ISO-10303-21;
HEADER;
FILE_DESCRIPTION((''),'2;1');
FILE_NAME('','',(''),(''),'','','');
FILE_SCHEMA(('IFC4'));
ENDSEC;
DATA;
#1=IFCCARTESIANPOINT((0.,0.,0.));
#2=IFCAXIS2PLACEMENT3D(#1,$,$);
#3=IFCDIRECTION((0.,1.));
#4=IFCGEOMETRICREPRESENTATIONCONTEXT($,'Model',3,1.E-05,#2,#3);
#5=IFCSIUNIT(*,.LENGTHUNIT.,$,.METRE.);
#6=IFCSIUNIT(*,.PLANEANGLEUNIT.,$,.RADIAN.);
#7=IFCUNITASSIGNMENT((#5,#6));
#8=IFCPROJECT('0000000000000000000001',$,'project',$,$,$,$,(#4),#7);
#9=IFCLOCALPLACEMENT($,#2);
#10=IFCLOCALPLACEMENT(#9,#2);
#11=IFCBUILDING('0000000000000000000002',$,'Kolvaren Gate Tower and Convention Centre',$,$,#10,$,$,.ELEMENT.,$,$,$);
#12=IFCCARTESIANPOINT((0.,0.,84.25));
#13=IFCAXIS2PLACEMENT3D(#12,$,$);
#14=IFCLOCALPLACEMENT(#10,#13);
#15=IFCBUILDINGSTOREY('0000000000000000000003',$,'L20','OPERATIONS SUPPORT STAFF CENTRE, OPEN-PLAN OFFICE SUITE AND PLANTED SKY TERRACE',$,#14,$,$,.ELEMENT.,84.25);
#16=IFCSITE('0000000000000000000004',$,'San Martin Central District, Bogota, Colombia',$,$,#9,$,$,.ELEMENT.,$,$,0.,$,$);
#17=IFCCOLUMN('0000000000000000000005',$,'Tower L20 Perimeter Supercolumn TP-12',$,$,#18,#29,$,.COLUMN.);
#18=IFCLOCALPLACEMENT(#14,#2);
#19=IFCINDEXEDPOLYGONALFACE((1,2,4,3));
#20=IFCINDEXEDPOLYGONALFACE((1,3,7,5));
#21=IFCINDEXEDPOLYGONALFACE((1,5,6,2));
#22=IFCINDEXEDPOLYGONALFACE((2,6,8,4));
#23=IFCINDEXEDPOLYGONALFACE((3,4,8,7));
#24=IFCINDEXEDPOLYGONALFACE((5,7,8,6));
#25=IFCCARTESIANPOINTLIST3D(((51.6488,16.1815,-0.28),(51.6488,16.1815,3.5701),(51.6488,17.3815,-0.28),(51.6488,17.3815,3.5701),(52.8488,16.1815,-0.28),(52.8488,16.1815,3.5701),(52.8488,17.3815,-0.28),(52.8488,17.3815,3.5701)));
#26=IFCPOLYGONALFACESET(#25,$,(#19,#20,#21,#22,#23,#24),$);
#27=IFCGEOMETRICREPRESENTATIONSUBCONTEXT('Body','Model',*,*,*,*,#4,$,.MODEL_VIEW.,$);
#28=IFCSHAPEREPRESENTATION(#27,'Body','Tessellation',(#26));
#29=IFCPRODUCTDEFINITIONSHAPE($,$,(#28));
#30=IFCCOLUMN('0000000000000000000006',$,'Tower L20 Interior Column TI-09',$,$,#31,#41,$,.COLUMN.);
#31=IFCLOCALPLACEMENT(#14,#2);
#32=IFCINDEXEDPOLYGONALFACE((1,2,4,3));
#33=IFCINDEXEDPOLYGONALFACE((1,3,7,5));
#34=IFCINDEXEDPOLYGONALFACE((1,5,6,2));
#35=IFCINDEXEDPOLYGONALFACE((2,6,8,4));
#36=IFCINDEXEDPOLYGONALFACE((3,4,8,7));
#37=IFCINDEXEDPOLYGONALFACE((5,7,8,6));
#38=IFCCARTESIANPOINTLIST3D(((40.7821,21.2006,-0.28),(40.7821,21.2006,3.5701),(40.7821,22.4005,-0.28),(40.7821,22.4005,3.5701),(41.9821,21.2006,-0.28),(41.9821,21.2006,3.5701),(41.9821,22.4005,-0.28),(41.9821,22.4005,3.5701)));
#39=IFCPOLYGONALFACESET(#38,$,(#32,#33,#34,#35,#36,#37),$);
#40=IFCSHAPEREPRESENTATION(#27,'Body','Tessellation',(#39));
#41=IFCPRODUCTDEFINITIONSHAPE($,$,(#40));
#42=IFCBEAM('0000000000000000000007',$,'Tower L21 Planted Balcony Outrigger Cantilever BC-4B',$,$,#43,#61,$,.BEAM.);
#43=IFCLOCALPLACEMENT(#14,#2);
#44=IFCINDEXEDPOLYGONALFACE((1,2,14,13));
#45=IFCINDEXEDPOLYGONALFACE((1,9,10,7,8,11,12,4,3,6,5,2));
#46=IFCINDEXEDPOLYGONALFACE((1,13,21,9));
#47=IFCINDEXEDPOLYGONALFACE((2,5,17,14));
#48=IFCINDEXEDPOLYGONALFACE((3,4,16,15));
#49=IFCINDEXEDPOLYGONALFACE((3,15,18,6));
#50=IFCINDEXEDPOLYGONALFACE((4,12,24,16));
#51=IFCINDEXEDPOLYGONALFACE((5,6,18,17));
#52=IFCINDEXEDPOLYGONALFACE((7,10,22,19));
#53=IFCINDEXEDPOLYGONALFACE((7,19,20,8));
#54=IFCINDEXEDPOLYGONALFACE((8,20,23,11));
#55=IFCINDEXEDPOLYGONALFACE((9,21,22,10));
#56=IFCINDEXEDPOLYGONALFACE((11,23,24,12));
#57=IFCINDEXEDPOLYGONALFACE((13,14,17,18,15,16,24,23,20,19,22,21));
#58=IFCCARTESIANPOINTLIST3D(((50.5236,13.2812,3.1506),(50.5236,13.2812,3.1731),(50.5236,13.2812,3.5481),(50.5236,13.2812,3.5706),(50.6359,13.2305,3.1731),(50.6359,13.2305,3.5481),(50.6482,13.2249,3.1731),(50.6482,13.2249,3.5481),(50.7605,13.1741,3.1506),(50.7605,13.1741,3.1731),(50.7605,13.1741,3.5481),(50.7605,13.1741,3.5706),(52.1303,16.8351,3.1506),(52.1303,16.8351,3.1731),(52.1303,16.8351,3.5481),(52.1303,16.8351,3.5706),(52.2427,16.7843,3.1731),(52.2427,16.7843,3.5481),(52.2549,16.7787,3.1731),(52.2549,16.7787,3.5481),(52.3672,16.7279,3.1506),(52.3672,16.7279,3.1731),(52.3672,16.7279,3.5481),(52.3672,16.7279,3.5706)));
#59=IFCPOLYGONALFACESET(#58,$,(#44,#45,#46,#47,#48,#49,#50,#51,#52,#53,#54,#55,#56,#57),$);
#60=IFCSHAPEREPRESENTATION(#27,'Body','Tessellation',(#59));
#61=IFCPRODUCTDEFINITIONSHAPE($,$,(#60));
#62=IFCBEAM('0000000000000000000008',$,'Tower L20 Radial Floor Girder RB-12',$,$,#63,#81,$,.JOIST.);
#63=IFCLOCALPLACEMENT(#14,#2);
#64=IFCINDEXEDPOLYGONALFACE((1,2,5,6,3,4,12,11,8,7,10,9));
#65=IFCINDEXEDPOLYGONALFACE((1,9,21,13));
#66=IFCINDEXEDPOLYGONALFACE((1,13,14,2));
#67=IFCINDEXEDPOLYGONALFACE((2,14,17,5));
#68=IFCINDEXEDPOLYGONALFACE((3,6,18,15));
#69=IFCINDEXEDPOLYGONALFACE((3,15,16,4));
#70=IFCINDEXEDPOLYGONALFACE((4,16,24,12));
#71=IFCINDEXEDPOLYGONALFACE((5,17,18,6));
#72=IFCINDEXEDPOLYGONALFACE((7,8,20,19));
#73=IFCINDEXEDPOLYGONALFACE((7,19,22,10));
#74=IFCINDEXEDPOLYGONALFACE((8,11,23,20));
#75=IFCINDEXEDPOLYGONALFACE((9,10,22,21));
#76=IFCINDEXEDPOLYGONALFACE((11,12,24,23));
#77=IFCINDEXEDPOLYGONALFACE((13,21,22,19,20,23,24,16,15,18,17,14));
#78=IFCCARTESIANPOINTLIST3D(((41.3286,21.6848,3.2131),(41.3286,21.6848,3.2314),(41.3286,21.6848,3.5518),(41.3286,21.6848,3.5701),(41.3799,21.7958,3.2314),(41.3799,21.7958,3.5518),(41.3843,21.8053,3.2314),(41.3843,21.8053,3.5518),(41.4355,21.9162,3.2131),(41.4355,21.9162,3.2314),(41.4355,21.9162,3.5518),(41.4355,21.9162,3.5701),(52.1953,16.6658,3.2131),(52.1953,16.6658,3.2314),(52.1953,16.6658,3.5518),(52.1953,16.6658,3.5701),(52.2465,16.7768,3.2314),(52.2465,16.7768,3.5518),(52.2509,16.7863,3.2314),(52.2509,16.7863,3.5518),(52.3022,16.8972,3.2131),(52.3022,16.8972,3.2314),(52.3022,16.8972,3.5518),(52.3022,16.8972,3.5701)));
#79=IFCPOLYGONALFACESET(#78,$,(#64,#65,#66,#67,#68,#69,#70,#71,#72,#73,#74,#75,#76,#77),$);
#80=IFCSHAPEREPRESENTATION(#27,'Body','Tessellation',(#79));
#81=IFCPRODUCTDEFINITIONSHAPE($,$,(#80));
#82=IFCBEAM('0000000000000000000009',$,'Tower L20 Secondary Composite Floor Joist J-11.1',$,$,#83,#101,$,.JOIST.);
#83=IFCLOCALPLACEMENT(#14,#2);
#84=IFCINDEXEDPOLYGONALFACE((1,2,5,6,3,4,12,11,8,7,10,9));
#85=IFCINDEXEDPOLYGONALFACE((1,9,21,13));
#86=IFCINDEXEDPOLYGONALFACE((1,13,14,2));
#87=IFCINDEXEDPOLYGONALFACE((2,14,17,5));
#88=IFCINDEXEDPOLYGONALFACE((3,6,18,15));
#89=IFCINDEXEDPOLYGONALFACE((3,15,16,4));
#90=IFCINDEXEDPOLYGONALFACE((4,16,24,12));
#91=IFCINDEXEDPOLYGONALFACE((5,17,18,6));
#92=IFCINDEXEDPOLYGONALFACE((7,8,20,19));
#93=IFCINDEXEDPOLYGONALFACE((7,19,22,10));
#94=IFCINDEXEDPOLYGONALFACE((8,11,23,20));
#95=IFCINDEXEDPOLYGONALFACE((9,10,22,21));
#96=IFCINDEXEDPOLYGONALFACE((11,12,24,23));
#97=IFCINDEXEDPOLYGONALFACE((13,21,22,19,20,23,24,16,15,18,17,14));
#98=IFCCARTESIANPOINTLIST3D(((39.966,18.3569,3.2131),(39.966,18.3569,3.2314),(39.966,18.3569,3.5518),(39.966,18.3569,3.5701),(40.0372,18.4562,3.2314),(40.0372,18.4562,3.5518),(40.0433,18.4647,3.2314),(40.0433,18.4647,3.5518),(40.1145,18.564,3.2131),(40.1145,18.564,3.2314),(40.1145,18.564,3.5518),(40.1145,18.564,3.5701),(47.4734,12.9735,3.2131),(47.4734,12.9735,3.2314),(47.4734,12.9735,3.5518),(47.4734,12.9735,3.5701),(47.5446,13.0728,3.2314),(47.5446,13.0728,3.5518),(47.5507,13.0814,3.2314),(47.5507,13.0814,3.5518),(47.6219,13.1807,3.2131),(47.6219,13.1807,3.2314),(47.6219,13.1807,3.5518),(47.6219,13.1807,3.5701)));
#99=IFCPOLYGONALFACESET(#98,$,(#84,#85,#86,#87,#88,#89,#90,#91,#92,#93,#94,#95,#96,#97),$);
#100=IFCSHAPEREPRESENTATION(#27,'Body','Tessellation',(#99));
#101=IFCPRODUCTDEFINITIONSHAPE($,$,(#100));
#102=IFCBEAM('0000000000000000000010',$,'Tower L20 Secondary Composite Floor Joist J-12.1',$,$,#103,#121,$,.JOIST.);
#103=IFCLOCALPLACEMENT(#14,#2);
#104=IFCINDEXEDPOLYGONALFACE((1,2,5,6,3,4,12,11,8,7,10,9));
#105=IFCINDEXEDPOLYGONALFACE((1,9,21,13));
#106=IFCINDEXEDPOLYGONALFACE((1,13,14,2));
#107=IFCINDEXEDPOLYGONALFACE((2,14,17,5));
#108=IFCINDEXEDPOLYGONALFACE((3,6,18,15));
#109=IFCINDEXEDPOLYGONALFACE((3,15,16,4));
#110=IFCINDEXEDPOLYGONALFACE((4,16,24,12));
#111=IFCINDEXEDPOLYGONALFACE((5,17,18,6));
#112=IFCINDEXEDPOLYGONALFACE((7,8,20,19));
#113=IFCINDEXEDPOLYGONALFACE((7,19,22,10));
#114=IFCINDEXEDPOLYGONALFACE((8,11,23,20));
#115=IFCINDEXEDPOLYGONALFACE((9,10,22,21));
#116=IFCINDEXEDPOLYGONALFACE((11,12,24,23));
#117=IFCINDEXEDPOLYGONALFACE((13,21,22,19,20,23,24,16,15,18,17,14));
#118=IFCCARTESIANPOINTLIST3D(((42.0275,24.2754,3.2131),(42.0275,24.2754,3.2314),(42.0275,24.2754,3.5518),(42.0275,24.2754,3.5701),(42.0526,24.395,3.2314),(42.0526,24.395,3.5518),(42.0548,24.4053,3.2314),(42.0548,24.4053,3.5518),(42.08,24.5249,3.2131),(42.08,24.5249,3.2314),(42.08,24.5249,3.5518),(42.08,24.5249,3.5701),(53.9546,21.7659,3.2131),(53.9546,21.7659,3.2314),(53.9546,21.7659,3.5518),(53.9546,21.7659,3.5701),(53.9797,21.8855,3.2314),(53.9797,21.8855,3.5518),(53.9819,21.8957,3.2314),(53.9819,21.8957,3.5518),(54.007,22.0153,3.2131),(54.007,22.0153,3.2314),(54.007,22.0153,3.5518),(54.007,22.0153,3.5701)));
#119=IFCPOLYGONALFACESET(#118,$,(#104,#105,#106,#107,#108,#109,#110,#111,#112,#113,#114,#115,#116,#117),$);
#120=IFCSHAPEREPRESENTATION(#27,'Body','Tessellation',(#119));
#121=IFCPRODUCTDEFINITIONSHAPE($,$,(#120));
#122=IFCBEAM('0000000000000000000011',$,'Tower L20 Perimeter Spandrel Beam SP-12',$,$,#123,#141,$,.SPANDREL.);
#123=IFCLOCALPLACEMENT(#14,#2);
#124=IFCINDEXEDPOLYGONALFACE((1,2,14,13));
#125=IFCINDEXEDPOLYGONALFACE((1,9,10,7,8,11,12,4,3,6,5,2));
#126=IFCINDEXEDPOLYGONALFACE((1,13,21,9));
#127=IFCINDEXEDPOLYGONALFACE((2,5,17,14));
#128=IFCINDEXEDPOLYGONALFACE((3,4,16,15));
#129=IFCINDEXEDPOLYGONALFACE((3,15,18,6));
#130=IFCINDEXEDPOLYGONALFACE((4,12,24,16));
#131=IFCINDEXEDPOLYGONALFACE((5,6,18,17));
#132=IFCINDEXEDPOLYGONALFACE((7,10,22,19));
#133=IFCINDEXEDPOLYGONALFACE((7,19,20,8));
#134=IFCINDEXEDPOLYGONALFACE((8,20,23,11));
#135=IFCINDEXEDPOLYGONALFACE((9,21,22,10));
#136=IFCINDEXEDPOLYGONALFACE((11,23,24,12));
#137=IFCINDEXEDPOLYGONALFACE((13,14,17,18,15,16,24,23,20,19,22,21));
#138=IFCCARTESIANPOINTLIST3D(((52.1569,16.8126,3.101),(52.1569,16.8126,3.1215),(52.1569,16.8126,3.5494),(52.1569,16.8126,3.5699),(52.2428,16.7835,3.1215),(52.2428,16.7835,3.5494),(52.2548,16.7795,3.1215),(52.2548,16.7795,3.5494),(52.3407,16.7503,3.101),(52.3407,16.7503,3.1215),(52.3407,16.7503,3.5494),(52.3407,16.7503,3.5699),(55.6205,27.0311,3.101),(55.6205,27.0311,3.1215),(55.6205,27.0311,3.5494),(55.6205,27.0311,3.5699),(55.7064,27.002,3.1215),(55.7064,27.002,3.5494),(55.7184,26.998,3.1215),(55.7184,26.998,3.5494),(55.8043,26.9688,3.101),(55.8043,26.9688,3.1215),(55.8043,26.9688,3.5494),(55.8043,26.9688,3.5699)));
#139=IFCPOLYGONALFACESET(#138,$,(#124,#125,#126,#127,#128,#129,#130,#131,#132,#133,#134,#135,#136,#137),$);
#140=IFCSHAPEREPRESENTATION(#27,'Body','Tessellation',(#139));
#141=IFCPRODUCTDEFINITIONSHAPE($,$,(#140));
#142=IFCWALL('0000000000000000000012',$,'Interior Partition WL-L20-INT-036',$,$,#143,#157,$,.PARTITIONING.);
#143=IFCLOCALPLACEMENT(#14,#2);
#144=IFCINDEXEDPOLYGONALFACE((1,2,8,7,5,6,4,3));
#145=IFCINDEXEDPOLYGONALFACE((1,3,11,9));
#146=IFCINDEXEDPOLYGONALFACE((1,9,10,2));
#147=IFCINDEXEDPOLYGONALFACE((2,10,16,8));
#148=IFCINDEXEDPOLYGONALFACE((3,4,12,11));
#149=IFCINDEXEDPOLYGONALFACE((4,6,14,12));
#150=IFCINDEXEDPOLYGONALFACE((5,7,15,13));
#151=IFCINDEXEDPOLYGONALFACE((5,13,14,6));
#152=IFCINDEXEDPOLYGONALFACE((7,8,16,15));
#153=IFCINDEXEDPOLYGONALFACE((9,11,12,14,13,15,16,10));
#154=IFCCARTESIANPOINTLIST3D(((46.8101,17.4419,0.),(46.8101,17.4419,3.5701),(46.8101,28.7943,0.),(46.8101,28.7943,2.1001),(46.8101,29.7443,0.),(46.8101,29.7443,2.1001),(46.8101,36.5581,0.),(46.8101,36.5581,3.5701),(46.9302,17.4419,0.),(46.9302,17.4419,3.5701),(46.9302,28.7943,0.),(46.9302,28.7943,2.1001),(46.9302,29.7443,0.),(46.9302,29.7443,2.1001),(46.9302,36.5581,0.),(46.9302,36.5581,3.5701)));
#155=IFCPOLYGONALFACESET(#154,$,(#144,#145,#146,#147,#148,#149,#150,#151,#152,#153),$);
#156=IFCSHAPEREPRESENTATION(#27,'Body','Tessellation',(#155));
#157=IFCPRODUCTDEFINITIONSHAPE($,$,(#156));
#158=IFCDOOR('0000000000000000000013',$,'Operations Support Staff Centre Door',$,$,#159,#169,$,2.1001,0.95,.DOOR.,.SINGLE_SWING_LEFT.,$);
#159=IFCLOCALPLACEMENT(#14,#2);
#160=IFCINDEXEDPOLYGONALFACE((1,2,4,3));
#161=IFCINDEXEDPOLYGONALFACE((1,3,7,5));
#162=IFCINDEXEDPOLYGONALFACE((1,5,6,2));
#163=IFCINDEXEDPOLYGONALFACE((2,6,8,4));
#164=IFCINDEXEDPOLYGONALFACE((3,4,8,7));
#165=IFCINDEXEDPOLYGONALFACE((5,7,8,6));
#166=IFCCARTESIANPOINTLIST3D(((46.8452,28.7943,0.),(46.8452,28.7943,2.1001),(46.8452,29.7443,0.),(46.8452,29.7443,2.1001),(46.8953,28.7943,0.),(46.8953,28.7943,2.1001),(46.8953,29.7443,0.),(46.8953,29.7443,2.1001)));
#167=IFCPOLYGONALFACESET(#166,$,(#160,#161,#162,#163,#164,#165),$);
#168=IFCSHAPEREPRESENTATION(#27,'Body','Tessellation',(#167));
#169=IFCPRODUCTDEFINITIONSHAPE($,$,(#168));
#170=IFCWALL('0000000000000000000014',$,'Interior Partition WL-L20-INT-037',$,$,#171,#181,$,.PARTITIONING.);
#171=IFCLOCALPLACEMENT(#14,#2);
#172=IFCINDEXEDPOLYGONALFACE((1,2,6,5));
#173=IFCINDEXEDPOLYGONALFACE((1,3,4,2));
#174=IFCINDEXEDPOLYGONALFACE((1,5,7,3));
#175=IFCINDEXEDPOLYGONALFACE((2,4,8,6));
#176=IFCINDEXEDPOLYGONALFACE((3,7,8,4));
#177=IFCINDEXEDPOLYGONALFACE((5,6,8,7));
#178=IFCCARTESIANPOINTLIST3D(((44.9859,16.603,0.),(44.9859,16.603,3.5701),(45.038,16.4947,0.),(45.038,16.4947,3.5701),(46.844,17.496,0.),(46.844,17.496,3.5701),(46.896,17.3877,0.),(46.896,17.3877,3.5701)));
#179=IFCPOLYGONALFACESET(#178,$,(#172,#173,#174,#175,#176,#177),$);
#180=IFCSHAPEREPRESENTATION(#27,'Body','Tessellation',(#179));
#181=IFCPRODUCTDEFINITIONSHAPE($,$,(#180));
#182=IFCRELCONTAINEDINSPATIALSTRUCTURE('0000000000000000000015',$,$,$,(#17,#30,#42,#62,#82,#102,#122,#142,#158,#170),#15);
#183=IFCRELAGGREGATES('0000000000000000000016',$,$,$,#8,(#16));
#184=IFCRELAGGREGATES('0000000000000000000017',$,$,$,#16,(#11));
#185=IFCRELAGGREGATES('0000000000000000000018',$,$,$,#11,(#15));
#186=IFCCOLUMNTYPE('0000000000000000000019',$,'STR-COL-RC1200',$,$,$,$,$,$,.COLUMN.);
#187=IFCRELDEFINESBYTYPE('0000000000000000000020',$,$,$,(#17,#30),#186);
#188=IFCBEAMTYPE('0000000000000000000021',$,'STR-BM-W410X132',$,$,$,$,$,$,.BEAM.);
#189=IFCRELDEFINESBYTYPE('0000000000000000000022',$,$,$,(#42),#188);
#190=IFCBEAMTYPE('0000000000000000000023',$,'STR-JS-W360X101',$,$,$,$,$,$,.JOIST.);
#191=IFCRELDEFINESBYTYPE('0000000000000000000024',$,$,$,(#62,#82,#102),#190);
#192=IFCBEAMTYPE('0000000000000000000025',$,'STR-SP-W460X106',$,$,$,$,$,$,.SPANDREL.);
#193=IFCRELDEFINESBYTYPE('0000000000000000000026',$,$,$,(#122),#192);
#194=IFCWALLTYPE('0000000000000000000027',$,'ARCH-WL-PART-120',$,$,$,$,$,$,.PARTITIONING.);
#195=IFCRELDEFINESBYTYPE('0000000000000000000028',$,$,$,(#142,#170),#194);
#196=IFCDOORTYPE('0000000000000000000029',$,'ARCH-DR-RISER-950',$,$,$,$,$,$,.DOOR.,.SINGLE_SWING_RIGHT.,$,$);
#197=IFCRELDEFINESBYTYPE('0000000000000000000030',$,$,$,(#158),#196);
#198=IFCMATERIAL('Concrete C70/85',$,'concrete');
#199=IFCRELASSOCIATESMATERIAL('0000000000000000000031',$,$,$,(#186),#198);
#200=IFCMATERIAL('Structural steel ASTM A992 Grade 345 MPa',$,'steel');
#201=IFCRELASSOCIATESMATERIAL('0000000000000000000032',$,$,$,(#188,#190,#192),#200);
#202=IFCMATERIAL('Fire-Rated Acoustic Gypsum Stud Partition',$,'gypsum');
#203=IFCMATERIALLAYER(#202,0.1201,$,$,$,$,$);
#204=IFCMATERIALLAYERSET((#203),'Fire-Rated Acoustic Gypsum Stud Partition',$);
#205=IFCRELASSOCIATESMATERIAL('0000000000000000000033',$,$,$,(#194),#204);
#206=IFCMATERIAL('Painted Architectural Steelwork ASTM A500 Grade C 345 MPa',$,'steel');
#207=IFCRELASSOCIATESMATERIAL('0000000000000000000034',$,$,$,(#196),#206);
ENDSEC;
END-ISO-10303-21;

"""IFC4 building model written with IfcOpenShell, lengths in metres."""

from ifc_helpers import new_model, si_unit, direction, frame, frame_2d, origin, origin_2d, place, context, subcontext, project, spatial, rectangle, i_section, extrude, material, layer, layer_set, material_profile, profile_set, type_object, element, fill, save


model = new_model("IFC4")

# Units and contexts
model_context = context("Model", 3, precision=1e-05, world=origin(), true_north=direction((0.0, 1.0)))
body_context = subcontext(model_context, "Body", "Model", "MODEL_VIEW")
ifc_project = project(units=[si_unit("LENGTHUNIT", "METRE"), si_unit("PLANEANGLEUNIT", "RADIAN")], contexts=[model_context])

# Site, building, storey
site_placement = place(None, origin())
site = spatial("IfcSite", under=ifc_project, at=site_placement, Name="San Martin Central District, Bogota, Colombia", CompositionType="ELEMENT", RefElevation=0.0)
building_placement = place(site_placement, origin())
building = spatial("IfcBuilding", under=site, at=building_placement, Name="Kolvaren Gate Tower and Convention Centre", CompositionType="ELEMENT")
storey_placement = place(building_placement, frame((0.0, 0.0, 84.25)))
storey = spatial("IfcBuildingStorey", under=building, at=storey_placement, Name="L20", Description="OPERATIONS SUPPORT STAFF CENTRE, OPEN-PLAN OFFICE SUITE AND PLANTED SKY TERRACE", CompositionType="ELEMENT", Elevation=84.25)

# Columns
ifc_material_1 = material(Name="Concrete C70/85", Category="concrete")
ifc_material_profile_1 = material_profile(ifc_material_1, rectangle(XDim=1.2, YDim=1.2, at=origin_2d()), Name="RC-COL-1200X1200")
ifc_profile_set_1 = profile_set([ifc_material_profile_1], Name="Concrete C70/85")
column_type = type_object("IfcColumnType", Name="STR-COL-RC1200", PredefinedType="COLUMN", material=ifc_profile_set_1)
for number, where, z_axis, x_axis, name in (
    (1, (52.2488, 16.7815, -0.28), (0.0, 0.0, 1.0), (1.0, 0.0, 0.0), "Tower L20 Perimeter Supercolumn TP-12"),
    (2, (41.3821, 21.8005, -0.28), (0.0, 0.0, 1.0), (1.0, 0.0, 0.0), "Tower L20 Interior Column TI-09"),
):
    element("IfcColumn", number, at=place(storey_placement, frame(where, z_axis=z_axis, x_axis=x_axis)), inside=storey, type_object=column_type, Name=name, PredefinedType="COLUMN", context=body_context, shape_type="SweptSolid", body=[
        extrude(rectangle(XDim=1.2, YDim=1.2, at=origin_2d()), origin(), (0.0, 0.0, 1.0), 3.8501),
    ])

# Beams
ifc_material_2 = material(Name="Structural steel ASTM A992 Grade 345 MPa", Category="steel")
ifc_material_profile_2 = material_profile(ifc_material_2, i_section(OverallWidth=0.26, OverallDepth=0.4199, WebThickness=0.0134, FlangeThickness=0.0225, at=origin_2d()), Name="W410X132")
ifc_profile_set_2 = profile_set([ifc_material_profile_2], Name="Structural steel ASTM A992 Grade 345 MPa")
beam_type_1 = type_object("IfcBeamType", Name="STR-BM-W410X132", PredefinedType="BEAM", material=ifc_profile_set_2)
beam_1_placement = place(storey_placement, frame((52.2488, 16.7815, 3.3606), z_axis=(-0.411967, -0.911199, 0.0), x_axis=(0.911199, -0.411967, 0.0)))
element("IfcBeam", 3, at=beam_1_placement, inside=storey, type_object=beam_type_1, Name="Tower L21 Planted Balcony Outrigger Cantilever BC-4B", PredefinedType="BEAM", context=body_context, shape_type="SweptSolid", body=[
    extrude(i_section(OverallWidth=0.26, OverallDepth=0.4199, WebThickness=0.0134, FlangeThickness=0.0225, at=origin_2d()), origin(), (0.0, 0.0, 1.0), 3.9001),
])
ifc_material_profile_3 = material_profile(ifc_material_2, i_section(OverallWidth=0.2549, OverallDepth=0.3569, WebThickness=0.0105, FlangeThickness=0.0183, at=origin_2d()), Name="W360X101")
ifc_profile_set_3 = profile_set([ifc_material_profile_3], Name="Structural steel ASTM A992 Grade 345 MPa")
beam_type_2 = type_object("IfcBeamType", Name="STR-JS-W360X101", PredefinedType="JOIST", material=ifc_profile_set_3)
beam_2_placement = place(storey_placement, frame((41.3821, 21.8005, 3.3916), z_axis=(0.907844, -0.419309, 0.0), x_axis=(0.419309, 0.907844, 0.0)))
element("IfcBeam", 4, at=beam_2_placement, inside=storey, type_object=beam_type_2, Name="Tower L20 Radial Floor Girder RB-12", PredefinedType="JOIST", context=body_context, shape_type="SweptSolid", body=[
    extrude(i_section(OverallWidth=0.2549, OverallDepth=0.3569, WebThickness=0.0105, FlangeThickness=0.0183, at=origin_2d()), origin(), (0.0, 0.0, 1.0), 11.9697),
])
beam_3_placement = place(storey_placement, frame((40.0403, 18.4604, 3.3916), z_axis=(0.812661, -0.582737, 0.0), x_axis=(0.582737, 0.812661, 0.0)))
element("IfcBeam", 5, at=beam_3_placement, inside=storey, type_object=beam_type_2, Name="Tower L20 Secondary Composite Floor Joist J-11.1", PredefinedType="JOIST", context=body_context, shape_type="SweptSolid", body=[
    extrude(i_section(OverallWidth=0.2549, OverallDepth=0.3569, WebThickness=0.0105, FlangeThickness=0.0183, at=origin_2d()), origin(), (0.0, 0.0, 1.0), 9.238),
])
beam_4_placement = place(storey_placement, frame((42.0537, 24.4001, 3.3916), z_axis=(0.978573, -0.205898, 0.0), x_axis=(0.205898, 0.978573, 0.0)))
element("IfcBeam", 6, at=beam_4_placement, inside=storey, type_object=beam_type_2, Name="Tower L20 Secondary Composite Floor Joist J-12.1", PredefinedType="JOIST", context=body_context, shape_type="SweptSolid", body=[
    extrude(i_section(OverallWidth=0.2549, OverallDepth=0.3569, WebThickness=0.0105, FlangeThickness=0.0183, at=origin_2d()), origin(), (0.0, 0.0, 1.0), 12.1882),
])
ifc_material_profile_4 = material_profile(ifc_material_2, i_section(OverallWidth=0.1941, OverallDepth=0.469, WebThickness=0.0127, FlangeThickness=0.0205, at=origin_2d()), Name="W460X106")
ifc_profile_set_4 = profile_set([ifc_material_profile_4], Name="Structural steel ASTM A992 Grade 345 MPa")
beam_type_3 = type_object("IfcBeamType", Name="STR-SP-W460X106", PredefinedType="SPANDREL", material=ifc_profile_set_4)
beam_5_placement = place(storey_placement, frame((52.2488, 16.7815, 3.3354), z_axis=(0.321016, 0.947074, 0.0), x_axis=(-0.947074, 0.321016, 0.0)))
element("IfcBeam", 7, at=beam_5_placement, inside=storey, type_object=beam_type_3, Name="Tower L20 Perimeter Spandrel Beam SP-12", PredefinedType="SPANDREL", context=body_context, shape_type="SweptSolid", body=[
    extrude(i_section(OverallWidth=0.1941, OverallDepth=0.469, WebThickness=0.0127, FlangeThickness=0.0205, at=origin_2d()), origin(), (0.0, 0.0, 1.0), 10.7896),
])

# Wall, opening, door
ifc_material_3 = material(Name="Fire-Rated Acoustic Gypsum Stud Partition", Category="gypsum")
ifc_layer_1 = layer(ifc_material_3, 0.1201)
ifc_layer_set_1 = layer_set([ifc_layer_1], Name="Fire-Rated Acoustic Gypsum Stud Partition")
wall_type_1 = type_object("IfcWallType", Name="ARCH-WL-PART-120", PredefinedType="PARTITIONING", material=ifc_layer_set_1)
wall_1_placement = place(storey_placement, frame((46.8701, 17.4419, 0.0), z_axis=(0.0, 0.0, 1.0), x_axis=(0.0, 1.0, 0.0)))
wall_1 = element("IfcWall", 8, at=wall_1_placement, inside=storey, type_object=wall_type_1, Name="Interior Partition WL-L20-INT-036", PredefinedType="PARTITIONING", context=body_context, shape_type="SweptSolid", body=[
    extrude(rectangle(XDim=19.1162, YDim=0.1201, at=frame_2d((9.5581, 0.0))), origin(), (0.0, 0.0, 1.0), 3.5701),
])
opening_1_placement = place(wall_1_placement, frame((11.3523, 0.0, 0.0)))
opening_1 = element("IfcOpeningElement", 9, at=opening_1_placement, cuts=wall_1, PredefinedType="OPENING", context=body_context, shape_type="SweptSolid", body=[
    extrude(rectangle(XDim=0.95, YDim=2.1001, at=frame_2d((0.4751, 1.05))), frame((0.0, 0.0701, 0.0), z_axis=(0.0, -1.0, 0.0), x_axis=(1.0, 0.0, 0.0)), (0.0, 0.0, 1.0), 0.1401),
])
ifc_material_4 = material(Name="Painted Architectural Steelwork ASTM A500 Grade C 345 MPa", Category="steel")
door_type = type_object("IfcDoorType", Name="ARCH-DR-RISER-950", OperationType="SINGLE_SWING_RIGHT", PredefinedType="DOOR", material=ifc_material_4)
door_placement = place(opening_1_placement, origin())
door = element("IfcDoor", 10, at=door_placement, inside=storey, type_object=door_type, Name="Operations Support Staff Centre Door", OperationType="SINGLE_SWING_LEFT", OverallHeight=2.1001, OverallWidth=0.95, PredefinedType="DOOR", context=body_context, shape_type="SweptSolid", body=[
    extrude(rectangle(XDim=0.95, YDim=2.1001, at=frame_2d((0.4751, 1.05))), frame((0.0, 0.0249, 0.0), z_axis=(0.0, -1.0, 0.0), x_axis=(1.0, 0.0, 0.0)), (0.0, 0.0, 1.0), 0.05),
])
fill(opening_1, door)

# Wall
wall_2_placement = place(storey_placement, frame((45.012, 16.5488, 0.0), z_axis=(0.0, 0.0, 1.0), x_axis=(0.901305, 0.433185, 0.0)))
element("IfcWall", 11, at=wall_2_placement, inside=storey, type_object=wall_type_1, Name="Interior Partition WL-L20-INT-037", PredefinedType="PARTITIONING", context=body_context, shape_type="SweptSolid", body=[
    extrude(rectangle(XDim=2.0615, YDim=0.1201, at=frame_2d((1.0308, 0.0))), origin(), (0.0, 0.0, 1.0), 3.5701),
])

save(model, "model.ifc")
